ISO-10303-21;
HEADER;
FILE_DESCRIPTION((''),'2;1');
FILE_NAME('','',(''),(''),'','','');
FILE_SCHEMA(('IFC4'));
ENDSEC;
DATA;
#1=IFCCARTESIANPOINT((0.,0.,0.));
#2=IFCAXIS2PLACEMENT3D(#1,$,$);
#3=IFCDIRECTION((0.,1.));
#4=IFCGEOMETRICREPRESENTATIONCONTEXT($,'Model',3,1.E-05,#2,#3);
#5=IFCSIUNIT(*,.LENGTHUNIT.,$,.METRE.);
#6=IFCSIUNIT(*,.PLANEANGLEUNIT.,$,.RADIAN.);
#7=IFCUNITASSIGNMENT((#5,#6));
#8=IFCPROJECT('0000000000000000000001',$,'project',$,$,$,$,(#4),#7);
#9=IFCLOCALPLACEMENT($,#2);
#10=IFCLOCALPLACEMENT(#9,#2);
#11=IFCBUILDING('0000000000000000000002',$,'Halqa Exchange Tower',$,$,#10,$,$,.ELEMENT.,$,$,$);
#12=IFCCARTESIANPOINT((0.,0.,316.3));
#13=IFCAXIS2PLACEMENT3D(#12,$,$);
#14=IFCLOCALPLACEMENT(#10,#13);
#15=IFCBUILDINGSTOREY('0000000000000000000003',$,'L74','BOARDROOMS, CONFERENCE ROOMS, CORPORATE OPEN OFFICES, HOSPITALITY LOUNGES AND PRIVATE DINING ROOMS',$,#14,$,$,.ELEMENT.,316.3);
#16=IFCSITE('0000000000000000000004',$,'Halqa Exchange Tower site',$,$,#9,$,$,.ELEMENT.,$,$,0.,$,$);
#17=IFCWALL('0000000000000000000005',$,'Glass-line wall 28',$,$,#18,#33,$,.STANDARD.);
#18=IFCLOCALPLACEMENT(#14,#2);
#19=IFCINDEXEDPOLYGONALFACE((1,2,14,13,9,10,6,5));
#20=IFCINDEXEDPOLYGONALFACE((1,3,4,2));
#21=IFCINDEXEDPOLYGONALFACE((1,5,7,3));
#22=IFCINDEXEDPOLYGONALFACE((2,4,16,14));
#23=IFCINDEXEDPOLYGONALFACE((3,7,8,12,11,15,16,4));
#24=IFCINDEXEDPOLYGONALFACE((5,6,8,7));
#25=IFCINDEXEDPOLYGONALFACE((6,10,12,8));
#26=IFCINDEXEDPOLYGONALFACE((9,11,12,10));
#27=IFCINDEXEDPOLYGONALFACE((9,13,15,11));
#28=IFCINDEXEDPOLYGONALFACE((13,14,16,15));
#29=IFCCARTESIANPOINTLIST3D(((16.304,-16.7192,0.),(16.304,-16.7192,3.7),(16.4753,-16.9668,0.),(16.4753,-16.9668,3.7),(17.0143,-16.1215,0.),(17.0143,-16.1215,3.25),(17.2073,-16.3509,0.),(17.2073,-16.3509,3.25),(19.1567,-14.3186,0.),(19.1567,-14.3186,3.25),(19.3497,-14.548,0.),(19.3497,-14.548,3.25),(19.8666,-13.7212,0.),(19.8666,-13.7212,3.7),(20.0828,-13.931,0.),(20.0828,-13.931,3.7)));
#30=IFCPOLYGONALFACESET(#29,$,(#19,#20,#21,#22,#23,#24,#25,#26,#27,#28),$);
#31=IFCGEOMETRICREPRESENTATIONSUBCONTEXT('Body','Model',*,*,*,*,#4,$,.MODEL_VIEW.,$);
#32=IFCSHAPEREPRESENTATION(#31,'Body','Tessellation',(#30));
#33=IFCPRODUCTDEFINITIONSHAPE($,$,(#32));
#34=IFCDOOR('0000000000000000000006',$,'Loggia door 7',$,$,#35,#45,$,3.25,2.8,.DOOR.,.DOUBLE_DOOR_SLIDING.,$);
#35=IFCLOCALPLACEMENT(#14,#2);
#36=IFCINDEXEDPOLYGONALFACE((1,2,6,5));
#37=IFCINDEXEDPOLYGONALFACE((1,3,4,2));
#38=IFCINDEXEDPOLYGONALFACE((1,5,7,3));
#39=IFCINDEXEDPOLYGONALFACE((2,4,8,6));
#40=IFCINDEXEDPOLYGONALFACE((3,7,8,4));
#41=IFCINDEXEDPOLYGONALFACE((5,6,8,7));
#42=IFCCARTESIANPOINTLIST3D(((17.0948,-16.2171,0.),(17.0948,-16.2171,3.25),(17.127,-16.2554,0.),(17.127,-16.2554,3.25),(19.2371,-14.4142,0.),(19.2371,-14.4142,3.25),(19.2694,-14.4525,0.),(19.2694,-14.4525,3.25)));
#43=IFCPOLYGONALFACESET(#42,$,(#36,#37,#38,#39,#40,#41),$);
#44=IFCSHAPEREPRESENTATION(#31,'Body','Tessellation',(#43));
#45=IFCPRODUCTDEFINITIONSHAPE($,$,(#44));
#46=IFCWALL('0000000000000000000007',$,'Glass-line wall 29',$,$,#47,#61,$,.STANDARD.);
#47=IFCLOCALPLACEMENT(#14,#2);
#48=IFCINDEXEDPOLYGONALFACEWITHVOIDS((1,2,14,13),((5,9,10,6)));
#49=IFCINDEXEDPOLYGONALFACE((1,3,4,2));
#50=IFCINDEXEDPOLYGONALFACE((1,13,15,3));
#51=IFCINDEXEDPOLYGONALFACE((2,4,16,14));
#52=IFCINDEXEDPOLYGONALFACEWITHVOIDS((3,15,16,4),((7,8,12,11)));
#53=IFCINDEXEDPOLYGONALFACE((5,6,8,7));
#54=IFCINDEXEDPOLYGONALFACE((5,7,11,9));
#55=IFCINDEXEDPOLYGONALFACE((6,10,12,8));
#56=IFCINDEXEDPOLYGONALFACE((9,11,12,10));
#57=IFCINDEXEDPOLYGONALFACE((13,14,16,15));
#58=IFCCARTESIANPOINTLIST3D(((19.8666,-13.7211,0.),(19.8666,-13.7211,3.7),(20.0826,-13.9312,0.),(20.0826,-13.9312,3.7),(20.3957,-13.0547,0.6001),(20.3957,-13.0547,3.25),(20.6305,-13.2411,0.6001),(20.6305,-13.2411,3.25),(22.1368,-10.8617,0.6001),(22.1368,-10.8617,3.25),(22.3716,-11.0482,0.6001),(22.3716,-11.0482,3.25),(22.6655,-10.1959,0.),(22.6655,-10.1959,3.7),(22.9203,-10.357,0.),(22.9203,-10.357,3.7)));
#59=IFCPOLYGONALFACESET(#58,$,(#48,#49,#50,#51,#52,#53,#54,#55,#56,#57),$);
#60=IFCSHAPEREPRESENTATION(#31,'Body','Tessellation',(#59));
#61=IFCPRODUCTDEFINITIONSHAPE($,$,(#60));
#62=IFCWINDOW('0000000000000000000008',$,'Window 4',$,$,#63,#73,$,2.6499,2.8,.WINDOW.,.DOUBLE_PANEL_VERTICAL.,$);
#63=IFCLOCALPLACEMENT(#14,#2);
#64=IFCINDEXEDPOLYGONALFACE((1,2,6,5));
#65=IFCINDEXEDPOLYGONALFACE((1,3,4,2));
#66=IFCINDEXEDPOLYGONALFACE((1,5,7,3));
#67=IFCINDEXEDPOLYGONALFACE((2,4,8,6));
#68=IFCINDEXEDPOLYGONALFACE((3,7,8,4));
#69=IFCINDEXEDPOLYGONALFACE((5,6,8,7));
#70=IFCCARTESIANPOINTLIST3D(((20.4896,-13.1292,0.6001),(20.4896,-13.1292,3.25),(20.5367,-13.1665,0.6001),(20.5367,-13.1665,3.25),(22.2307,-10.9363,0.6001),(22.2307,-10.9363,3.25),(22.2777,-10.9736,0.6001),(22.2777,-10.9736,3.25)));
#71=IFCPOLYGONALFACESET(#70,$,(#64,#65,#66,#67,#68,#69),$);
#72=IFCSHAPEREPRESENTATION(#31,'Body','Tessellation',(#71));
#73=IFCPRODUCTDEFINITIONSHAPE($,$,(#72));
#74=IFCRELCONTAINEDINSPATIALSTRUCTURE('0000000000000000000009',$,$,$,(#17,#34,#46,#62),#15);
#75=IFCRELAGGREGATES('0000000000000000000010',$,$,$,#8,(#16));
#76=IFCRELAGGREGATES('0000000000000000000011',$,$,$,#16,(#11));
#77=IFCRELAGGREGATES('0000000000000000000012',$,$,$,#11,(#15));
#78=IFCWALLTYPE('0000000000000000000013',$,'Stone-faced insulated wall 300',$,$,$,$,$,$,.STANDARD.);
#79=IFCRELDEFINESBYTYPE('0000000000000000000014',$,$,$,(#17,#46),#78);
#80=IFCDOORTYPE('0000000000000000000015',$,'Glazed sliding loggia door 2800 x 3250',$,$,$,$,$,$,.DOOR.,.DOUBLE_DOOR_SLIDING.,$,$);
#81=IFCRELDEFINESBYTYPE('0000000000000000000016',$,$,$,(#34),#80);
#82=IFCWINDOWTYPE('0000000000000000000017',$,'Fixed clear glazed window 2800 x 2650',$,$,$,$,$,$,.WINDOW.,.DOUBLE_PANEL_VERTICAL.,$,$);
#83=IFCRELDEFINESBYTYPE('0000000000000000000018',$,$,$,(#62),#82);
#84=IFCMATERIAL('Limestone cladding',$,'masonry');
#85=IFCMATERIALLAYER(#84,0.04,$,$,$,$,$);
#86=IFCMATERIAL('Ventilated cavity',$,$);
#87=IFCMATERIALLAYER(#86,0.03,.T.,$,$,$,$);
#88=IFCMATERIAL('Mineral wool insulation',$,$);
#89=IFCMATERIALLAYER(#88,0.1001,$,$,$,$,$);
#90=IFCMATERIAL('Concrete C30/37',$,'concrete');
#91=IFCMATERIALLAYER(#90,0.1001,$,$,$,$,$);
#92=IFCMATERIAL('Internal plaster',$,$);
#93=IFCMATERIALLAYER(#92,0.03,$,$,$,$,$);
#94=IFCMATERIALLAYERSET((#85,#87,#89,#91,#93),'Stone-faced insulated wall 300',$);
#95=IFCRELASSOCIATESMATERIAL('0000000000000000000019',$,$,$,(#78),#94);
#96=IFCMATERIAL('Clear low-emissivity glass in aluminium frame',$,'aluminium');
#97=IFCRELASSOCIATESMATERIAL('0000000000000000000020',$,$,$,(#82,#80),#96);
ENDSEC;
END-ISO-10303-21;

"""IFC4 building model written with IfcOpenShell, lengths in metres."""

from ifc_helpers import new_model, si_unit, direction, frame, frame_2d, origin, place, context, subcontext, project, spatial, polyline, rectangle, outline, extrude, material, layer, layer_set, type_object, element, fill, save


model = new_model("IFC4")

# Units and contexts
model_context = context("Model", 3, precision=1e-05, world=origin(), true_north=direction((0.0, 1.0)))
body_context = subcontext(model_context, "Body", "Model", "MODEL_VIEW")
ifc_project = project(units=[si_unit("LENGTHUNIT", "METRE"), si_unit("PLANEANGLEUNIT", "RADIAN")], contexts=[model_context])

# Site, building, storey
site_placement = place(None, origin())
site = spatial("IfcSite", under=ifc_project, at=site_placement, Name="Halqa Exchange Tower site", CompositionType="ELEMENT", RefElevation=0.0)
building_placement = place(site_placement, origin())
building = spatial("IfcBuilding", under=site, at=building_placement, Name="Halqa Exchange Tower", CompositionType="ELEMENT")
storey_placement = place(building_placement, frame((0.0, 0.0, 316.3)))
storey = spatial("IfcBuildingStorey", under=building, at=storey_placement, Name="L74", Description="BOARDROOMS, CONFERENCE ROOMS, CORPORATE OPEN OFFICES, HOSPITALITY LOUNGES AND PRIVATE DINING ROOMS", CompositionType="ELEMENT", Elevation=316.3)

# Shared definitions
ifc_material_1 = material(Name="Limestone cladding", Category="masonry")
ifc_layer_1 = layer(ifc_material_1, 0.04)
ifc_material_2 = material(Name="Ventilated cavity")
ifc_layer_2 = layer(ifc_material_2, 0.03, ventilated=True)
ifc_material_3 = material(Name="Mineral wool insulation")
ifc_layer_3 = layer(ifc_material_3, 0.1001)
ifc_material_4 = material(Name="Concrete C30/37", Category="concrete")
ifc_layer_4 = layer(ifc_material_4, 0.1001)
ifc_material_5 = material(Name="Internal plaster")
ifc_layer_5 = layer(ifc_material_5, 0.03)
ifc_layer_set_1 = layer_set([ifc_layer_1, ifc_layer_2, ifc_layer_3, ifc_layer_4, ifc_layer_5], Name="Stone-faced insulated wall 300")
wall_type_1 = type_object("IfcWallType", Name="Stone-faced insulated wall 300", PredefinedType="STANDARD", material=ifc_layer_set_1)
ifc_material_6 = material(Name="Clear low-emissivity glass in aluminium frame", Category="aluminium")
window_type = type_object("IfcWindowType", Name="Fixed clear glazed window 2800 x 2650", PartitioningType="DOUBLE_PANEL_VERTICAL", PredefinedType="WINDOW", material=ifc_material_6)

# Wall, opening, door
wall_1_placement = place(storey_placement, frame((16.3896, -16.843, 0.0), z_axis=(0.0, 0.0, 1.0), x_axis=(0.765129, 0.643877, 0.0)))
wall_1 = element("IfcWall", 1, at=wall_1_placement, inside=storey, type_object=wall_type_1, Name="Glass-line wall 28", PredefinedType="STANDARD", context=body_context, shape_type="SweptSolid", body=[
    extrude(outline(polyline([(-0.0142, -0.1499), (4.7007, -0.1499), (4.6704, 0.1499), (0.0142, 0.1499), (-0.0142, -0.1499)])), origin(), (0.0, 0.0, 1.0), 3.7),
])
opening_1_placement = place(wall_1_placement, frame((0.9426, 0.0, 0.0)))
opening_1 = element("IfcOpeningElement", 2, at=opening_1_placement, cuts=wall_1, PredefinedType="OPENING", context=body_context, shape_type="SweptSolid", body=[
    extrude(rectangle(XDim=2.8, YDim=3.25, at=frame_2d((1.3999, 1.625))), frame((0.0, 0.1621, 0.0), z_axis=(0.0, -1.0, 0.0), x_axis=(1.0, 0.0, 0.0)), (0.0, 0.0, 1.0), 0.324),
])
door_type_1 = type_object("IfcDoorType", Name="Glazed sliding loggia door 2800 x 3250", OperationType="DOUBLE_DOOR_SLIDING", PredefinedType="DOOR", material=ifc_material_6)
door_1_placement = place(opening_1_placement, origin())
door_1 = element("IfcDoor", 3, at=door_1_placement, inside=storey, type_object=door_type_1, Name="Loggia door 7", OperationType="DOUBLE_DOOR_SLIDING", OverallHeight=3.25, OverallWidth=2.8, PredefinedType="DOOR", context=body_context, shape_type="SweptSolid", body=[
    extrude(rectangle(XDim=2.8, YDim=3.25, at=frame_2d((1.3999, 1.625))), frame((0.0, 0.0249, 0.0), z_axis=(0.0, -1.0, 0.0), x_axis=(1.0, 0.0, 0.0)), (0.0, 0.0, 1.0), 0.05),
])
fill(opening_1, door_1)

# Wall, opening, window
wall_2_placement = place(storey_placement, frame((19.9746, -13.8262, 0.0), z_axis=(0.0, 0.0, 1.0), x_axis=(0.621801, 0.783176, 0.0)))
wall_2 = element("IfcWall", 4, at=wall_2_placement, inside=storey, type_object=wall_type_1, Name="Glass-line wall 29", PredefinedType="STANDARD", context=body_context, shape_type="SweptSolid", body=[
    extrude(outline(polyline([(-0.0151, -0.1499), (4.5486, -0.1499), (4.5164, 0.1499), (0.0151, 0.1499), (-0.0151, -0.1499)])), origin(), (0.0, 0.0, 1.0), 3.7),
])
opening_2_placement = place(wall_2_placement, frame((0.8662, 0.0, 0.6001)))
opening_2 = element("IfcOpeningElement", 5, at=opening_2_placement, cuts=wall_2, PredefinedType="OPENING", context=body_context, shape_type="SweptSolid", body=[
    extrude(rectangle(XDim=2.8, YDim=2.6499, at=frame_2d((1.3999, 1.325))), frame((0.0, 0.1621, 0.0), z_axis=(0.0, -1.0, 0.0), x_axis=(1.0, 0.0, 0.0)), (0.0, 0.0, 1.0), 0.324),
])
window_1_placement = place(opening_2_placement, origin())
window_1 = element("IfcWindow", 6, at=window_1_placement, inside=storey, type_object=window_type, Name="Window 4", OverallHeight=2.6499, OverallWidth=2.8, PartitioningType="DOUBLE_PANEL_VERTICAL", PredefinedType="WINDOW", context=body_context, shape_type="SweptSolid", body=[
    extrude(rectangle(XDim=2.8, YDim=2.6499, at=frame_2d((1.3999, 1.325))), frame((0.0, 0.03, 0.0), z_axis=(0.0, -1.0, 0.0), x_axis=(1.0, 0.0, 0.0)), (0.0, 0.0, 1.0), 0.0601),
])
fill(opening_2, window_1)

save(model, "model.ifc")
